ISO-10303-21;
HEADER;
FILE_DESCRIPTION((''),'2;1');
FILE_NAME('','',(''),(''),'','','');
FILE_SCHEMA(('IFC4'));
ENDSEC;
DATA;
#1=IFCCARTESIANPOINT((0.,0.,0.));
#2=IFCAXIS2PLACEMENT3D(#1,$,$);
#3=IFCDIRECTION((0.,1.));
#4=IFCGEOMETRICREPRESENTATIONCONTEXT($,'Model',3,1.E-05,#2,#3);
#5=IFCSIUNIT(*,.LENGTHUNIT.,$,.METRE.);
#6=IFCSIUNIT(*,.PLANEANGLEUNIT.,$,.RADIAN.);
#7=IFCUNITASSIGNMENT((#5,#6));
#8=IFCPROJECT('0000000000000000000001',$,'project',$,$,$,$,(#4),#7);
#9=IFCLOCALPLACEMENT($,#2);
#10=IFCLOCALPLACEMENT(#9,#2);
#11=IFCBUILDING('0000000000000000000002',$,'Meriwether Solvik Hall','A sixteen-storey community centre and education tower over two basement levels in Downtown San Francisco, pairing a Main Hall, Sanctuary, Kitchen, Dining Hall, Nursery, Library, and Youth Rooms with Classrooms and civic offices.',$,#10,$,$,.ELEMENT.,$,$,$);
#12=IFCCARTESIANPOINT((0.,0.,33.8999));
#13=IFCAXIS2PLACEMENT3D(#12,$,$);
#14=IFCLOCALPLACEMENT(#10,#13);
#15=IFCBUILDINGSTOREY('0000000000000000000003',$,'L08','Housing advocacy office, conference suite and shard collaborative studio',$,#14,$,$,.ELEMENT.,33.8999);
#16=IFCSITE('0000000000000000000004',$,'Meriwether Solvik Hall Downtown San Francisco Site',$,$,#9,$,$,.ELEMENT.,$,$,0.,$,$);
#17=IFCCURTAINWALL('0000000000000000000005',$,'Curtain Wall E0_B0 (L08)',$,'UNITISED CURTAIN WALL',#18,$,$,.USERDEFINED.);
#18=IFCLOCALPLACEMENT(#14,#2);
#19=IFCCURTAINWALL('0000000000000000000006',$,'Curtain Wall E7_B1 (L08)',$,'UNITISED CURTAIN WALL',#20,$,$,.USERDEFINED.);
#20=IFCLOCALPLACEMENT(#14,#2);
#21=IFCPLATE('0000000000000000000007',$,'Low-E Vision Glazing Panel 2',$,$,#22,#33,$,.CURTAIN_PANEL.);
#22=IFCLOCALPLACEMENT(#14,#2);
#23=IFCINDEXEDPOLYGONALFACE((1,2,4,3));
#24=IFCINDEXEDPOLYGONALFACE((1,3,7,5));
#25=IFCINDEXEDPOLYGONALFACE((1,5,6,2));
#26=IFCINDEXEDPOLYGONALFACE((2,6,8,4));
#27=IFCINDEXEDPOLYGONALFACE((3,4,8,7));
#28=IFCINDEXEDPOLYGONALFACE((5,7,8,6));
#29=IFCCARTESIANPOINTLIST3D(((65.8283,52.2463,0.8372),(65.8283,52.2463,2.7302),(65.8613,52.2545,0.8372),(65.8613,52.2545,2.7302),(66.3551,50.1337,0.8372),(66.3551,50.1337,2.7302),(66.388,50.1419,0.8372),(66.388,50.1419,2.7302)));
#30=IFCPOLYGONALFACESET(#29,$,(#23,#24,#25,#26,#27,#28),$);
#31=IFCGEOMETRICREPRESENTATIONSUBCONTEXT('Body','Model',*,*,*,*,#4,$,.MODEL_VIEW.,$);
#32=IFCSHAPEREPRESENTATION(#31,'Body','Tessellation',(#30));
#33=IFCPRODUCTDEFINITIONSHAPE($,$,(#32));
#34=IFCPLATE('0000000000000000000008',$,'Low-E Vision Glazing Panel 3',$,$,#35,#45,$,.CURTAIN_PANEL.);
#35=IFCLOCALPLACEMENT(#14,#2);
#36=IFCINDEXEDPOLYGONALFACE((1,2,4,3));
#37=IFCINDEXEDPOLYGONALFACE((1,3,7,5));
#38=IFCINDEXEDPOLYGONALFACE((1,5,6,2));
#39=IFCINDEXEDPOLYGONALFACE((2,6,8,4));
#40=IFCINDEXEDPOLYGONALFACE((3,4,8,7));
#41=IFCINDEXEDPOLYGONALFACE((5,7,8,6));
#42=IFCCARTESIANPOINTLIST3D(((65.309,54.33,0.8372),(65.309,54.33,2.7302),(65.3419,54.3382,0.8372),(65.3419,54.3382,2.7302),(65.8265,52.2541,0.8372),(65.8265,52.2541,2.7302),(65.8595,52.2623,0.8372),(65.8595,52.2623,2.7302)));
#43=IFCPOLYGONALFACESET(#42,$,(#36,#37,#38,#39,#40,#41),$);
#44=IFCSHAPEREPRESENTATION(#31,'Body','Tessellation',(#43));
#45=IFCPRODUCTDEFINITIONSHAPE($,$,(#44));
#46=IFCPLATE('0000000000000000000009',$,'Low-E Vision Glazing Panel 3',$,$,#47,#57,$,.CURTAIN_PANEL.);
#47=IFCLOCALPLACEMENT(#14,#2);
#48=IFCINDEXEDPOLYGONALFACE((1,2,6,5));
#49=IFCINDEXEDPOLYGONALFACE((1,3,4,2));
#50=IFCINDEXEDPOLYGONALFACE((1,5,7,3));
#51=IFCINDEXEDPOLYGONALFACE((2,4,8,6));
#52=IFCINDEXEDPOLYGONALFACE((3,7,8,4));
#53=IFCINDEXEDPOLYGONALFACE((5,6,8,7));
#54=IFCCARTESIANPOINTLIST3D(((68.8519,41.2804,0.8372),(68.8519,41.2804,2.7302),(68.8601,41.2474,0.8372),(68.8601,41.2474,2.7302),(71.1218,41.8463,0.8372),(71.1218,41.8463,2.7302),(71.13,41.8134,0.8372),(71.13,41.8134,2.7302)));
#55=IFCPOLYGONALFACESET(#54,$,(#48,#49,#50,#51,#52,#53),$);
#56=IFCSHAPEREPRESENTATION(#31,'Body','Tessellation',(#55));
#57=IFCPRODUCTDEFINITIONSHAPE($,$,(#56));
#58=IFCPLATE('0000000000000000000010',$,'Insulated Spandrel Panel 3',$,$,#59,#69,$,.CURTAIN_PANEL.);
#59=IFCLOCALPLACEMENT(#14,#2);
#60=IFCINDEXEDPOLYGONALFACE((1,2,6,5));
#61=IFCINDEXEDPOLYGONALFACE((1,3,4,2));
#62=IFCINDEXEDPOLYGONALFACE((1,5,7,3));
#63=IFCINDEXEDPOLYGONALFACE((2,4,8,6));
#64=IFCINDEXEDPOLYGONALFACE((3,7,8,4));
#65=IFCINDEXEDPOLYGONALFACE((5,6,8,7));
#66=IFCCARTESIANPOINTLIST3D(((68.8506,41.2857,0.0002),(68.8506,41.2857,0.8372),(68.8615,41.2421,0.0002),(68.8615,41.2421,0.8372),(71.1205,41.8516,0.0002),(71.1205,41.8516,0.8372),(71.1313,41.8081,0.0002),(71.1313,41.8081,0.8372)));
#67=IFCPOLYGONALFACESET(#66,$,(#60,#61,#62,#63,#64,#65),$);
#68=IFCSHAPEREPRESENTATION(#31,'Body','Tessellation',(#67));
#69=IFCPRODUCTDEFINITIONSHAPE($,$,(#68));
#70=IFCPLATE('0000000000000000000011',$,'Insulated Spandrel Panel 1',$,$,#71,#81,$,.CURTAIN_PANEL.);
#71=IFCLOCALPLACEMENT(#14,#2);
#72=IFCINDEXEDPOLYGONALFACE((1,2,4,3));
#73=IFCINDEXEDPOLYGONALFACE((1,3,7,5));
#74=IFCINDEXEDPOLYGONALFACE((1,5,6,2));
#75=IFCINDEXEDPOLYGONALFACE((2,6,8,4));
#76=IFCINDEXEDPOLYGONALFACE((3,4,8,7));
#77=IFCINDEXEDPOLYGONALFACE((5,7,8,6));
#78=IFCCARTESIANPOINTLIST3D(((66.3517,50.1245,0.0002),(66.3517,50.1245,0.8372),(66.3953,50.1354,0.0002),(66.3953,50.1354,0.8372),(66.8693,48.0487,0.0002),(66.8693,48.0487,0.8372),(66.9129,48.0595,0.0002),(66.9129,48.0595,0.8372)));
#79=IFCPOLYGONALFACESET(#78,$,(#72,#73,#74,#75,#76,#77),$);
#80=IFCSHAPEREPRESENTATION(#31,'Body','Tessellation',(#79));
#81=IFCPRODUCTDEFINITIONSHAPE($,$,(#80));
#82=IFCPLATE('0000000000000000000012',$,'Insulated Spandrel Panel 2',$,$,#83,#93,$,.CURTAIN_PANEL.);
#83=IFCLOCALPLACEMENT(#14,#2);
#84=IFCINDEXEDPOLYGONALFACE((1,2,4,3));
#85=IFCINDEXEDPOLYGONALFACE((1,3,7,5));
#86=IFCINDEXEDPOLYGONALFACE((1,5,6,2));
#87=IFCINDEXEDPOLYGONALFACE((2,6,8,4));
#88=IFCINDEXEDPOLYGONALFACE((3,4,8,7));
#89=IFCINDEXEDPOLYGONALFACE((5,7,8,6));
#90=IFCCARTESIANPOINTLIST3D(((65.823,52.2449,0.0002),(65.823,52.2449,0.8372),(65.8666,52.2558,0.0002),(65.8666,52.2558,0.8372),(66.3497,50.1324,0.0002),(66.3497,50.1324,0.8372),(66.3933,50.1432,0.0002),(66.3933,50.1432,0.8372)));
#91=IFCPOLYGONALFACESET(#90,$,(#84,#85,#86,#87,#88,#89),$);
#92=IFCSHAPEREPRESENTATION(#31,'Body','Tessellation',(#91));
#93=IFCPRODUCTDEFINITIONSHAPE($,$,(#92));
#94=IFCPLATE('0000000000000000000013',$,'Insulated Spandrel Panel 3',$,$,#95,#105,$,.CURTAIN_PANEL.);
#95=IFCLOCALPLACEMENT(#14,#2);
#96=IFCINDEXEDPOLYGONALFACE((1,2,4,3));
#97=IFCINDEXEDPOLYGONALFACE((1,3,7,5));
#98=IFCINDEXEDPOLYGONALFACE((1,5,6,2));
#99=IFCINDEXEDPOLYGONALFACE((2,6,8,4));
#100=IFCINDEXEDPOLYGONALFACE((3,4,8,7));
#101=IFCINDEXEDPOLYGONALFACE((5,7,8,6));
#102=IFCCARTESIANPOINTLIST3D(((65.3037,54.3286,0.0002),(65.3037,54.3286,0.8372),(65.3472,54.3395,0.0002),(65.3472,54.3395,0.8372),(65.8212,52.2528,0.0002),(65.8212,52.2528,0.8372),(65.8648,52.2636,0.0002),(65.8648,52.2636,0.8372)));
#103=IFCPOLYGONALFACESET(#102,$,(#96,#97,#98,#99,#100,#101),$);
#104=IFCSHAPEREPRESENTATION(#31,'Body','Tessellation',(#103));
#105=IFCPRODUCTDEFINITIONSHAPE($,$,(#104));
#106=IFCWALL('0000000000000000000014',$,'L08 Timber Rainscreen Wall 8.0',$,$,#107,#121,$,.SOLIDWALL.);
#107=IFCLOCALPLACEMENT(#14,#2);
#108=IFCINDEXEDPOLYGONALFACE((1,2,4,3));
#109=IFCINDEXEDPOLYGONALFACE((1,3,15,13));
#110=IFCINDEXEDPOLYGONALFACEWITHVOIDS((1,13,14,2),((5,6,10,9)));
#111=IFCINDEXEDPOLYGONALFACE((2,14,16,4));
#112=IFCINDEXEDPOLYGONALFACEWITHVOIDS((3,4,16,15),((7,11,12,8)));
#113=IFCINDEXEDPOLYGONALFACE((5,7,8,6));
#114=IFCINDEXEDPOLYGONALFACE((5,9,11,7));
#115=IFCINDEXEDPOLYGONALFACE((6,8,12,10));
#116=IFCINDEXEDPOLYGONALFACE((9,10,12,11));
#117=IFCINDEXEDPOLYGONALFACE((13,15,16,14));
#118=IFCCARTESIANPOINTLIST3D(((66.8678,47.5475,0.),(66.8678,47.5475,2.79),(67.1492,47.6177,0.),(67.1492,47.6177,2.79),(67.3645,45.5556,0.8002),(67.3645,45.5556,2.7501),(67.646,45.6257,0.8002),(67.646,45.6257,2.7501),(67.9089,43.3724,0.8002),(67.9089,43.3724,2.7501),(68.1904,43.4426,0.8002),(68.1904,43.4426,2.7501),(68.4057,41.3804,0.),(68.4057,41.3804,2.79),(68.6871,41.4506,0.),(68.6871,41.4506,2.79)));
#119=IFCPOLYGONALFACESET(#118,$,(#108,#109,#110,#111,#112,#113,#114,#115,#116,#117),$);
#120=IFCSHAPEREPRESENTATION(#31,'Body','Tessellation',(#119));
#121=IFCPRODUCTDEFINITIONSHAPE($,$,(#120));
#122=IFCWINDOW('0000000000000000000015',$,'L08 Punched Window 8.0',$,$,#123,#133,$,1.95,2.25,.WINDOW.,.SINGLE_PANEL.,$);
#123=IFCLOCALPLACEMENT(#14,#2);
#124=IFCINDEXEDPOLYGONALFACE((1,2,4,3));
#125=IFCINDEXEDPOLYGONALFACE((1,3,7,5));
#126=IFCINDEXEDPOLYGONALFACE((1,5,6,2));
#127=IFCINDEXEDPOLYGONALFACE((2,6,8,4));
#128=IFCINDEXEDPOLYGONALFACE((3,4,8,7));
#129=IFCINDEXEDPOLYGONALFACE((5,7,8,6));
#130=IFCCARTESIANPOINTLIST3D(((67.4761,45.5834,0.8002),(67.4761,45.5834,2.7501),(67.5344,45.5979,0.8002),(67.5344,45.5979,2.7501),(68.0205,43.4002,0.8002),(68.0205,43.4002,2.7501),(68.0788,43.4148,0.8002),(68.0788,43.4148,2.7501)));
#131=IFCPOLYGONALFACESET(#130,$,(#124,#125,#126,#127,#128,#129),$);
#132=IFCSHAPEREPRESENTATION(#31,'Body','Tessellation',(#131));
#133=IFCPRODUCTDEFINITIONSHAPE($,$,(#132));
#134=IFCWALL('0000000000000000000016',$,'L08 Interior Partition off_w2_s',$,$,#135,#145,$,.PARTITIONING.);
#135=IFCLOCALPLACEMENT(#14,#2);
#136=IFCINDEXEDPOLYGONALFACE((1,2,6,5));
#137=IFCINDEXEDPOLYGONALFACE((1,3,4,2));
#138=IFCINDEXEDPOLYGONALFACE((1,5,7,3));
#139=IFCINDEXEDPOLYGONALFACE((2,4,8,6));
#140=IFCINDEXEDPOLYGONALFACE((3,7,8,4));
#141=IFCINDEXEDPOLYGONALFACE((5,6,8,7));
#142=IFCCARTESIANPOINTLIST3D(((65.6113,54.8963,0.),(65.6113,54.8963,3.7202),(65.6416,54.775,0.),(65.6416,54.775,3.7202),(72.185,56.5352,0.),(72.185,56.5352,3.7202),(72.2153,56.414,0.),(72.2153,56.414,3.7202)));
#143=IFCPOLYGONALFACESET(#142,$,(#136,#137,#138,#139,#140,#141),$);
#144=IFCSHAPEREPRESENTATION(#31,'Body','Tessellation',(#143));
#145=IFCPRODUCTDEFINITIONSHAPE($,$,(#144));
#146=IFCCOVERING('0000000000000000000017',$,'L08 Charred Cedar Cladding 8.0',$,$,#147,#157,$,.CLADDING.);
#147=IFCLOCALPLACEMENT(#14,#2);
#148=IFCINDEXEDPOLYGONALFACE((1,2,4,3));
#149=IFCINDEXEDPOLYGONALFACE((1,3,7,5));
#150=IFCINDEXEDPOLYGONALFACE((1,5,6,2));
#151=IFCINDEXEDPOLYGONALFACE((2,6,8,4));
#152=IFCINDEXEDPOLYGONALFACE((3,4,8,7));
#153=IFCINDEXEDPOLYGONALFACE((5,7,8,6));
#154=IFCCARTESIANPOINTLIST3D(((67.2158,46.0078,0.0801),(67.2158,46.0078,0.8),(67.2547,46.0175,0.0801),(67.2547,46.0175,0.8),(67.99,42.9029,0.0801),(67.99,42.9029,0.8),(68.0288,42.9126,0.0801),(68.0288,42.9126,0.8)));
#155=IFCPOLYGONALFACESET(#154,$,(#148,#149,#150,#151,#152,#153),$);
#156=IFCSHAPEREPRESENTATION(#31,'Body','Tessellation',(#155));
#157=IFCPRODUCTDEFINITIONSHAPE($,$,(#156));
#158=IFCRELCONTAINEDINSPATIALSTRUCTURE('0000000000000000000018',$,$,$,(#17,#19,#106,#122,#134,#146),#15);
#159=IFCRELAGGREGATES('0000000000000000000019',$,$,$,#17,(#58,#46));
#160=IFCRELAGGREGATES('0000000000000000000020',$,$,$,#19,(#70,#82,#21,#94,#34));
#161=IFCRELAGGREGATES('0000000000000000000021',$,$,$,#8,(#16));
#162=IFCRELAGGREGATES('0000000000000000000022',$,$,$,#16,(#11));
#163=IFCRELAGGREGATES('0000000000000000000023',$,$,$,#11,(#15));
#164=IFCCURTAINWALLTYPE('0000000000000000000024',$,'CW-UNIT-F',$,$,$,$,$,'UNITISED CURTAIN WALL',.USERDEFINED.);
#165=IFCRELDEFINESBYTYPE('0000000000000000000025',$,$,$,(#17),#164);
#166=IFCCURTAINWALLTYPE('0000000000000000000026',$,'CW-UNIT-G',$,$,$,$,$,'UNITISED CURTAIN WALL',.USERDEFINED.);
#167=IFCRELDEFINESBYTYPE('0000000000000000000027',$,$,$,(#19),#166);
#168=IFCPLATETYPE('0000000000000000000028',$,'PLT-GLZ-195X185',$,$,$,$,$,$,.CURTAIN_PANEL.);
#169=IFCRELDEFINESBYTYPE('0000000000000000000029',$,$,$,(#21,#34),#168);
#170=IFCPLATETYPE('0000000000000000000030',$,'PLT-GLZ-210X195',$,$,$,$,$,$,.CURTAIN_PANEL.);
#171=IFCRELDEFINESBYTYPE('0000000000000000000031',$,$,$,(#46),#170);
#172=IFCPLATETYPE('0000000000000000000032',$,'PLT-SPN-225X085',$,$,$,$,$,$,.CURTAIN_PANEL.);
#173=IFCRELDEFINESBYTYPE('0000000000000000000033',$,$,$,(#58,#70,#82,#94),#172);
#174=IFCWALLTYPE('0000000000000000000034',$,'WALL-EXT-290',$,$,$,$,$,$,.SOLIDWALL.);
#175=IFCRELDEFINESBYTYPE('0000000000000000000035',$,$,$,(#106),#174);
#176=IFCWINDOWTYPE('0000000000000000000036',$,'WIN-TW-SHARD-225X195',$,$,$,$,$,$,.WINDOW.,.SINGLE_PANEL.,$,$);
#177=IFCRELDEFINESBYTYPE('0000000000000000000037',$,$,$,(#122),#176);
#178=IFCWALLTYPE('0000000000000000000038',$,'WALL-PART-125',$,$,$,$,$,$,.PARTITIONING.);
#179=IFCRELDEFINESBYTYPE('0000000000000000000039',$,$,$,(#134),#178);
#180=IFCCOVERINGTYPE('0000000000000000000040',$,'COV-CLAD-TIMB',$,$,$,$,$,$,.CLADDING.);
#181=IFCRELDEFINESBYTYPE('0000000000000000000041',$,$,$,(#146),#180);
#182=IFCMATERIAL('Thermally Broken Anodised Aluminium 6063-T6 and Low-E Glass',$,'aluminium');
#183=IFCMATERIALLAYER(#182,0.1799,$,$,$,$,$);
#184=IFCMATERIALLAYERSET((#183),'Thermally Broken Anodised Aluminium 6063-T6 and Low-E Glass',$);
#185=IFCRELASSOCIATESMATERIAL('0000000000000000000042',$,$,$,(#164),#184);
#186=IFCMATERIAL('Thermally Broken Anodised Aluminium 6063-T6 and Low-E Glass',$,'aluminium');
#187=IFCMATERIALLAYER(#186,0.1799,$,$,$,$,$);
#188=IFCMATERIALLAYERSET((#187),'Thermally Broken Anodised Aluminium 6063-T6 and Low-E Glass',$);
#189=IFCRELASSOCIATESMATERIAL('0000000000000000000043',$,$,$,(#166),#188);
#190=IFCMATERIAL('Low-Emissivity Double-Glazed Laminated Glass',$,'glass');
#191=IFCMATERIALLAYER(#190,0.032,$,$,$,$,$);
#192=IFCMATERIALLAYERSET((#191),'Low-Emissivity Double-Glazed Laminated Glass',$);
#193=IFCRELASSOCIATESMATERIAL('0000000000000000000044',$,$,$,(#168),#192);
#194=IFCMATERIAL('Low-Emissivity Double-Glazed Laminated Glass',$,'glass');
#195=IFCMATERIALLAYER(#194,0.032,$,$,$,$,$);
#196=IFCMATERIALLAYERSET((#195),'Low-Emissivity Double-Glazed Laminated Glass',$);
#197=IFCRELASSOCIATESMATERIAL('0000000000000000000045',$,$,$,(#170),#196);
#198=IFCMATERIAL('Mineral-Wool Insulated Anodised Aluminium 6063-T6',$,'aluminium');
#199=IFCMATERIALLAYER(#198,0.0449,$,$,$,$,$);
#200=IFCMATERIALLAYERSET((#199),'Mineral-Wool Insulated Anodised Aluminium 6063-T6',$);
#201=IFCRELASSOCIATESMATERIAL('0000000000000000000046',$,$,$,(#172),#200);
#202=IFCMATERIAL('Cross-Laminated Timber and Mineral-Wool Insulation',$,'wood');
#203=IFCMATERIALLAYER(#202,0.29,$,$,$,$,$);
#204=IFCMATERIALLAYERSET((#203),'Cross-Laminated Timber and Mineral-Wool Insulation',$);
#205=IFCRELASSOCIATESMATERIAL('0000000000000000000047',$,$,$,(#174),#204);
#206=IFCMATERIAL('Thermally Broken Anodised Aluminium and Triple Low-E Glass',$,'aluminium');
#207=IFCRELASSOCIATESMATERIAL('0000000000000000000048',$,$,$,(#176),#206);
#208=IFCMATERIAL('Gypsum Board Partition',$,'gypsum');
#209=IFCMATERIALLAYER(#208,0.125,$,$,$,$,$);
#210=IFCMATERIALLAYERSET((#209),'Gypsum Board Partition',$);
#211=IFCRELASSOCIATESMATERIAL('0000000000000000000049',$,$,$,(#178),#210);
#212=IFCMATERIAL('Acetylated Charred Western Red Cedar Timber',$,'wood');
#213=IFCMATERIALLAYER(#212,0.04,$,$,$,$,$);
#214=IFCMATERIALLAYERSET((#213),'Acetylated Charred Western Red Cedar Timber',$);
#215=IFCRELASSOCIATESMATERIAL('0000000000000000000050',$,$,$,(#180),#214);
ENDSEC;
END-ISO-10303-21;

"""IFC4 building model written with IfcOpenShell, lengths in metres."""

from ifc_helpers import new_model, si_unit, direction, frame, frame_2d, origin, origin_2d, place, context, subcontext, project, spatial, rectangle, extrude, material, layer, layer_set, type_object, element, fill, aggregate, save


model = new_model("IFC4")

# Units and contexts
model_context = context("Model", 3, precision=1e-05, world=origin(), true_north=direction((0.0, 1.0)))
body_context = subcontext(model_context, "Body", "Model", "MODEL_VIEW")
ifc_project = project(units=[si_unit("LENGTHUNIT", "METRE"), si_unit("PLANEANGLEUNIT", "RADIAN")], contexts=[model_context])

# Site, building, storey
site_placement = place(None, origin())
site = spatial("IfcSite", under=ifc_project, at=site_placement, Name="Meriwether Solvik Hall Downtown San Francisco Site", CompositionType="ELEMENT", RefElevation=0.0)
building_placement = place(site_placement, origin())
building = spatial("IfcBuilding", under=site, at=building_placement, Name="Meriwether Solvik Hall", Description="A sixteen-storey community centre and education tower over two basement levels in Downtown San Francisco, pairing a Main Hall, Sanctuary, Kitchen, Dining Hall, Nursery, Library, and Youth Rooms with Classrooms and civic offices.", CompositionType="ELEMENT")
storey_placement = place(building_placement, frame((0.0, 0.0, 33.8999)))
storey = spatial("IfcBuildingStorey", under=building, at=storey_placement, Name="L08", Description="Housing advocacy office, conference suite and shard collaborative studio", CompositionType="ELEMENT", Elevation=33.8999)

# Curtain wall
ifc_material_1 = material(Name="Thermally Broken Anodised Aluminium 6063-T6 and Low-E Glass", Category="aluminium")
ifc_layer_1 = layer(ifc_material_1, 0.1799)
ifc_layer_set_1 = layer_set([ifc_layer_1], Name="Thermally Broken Anodised Aluminium 6063-T6 and Low-E Glass")
curtain_wall_type_1 = type_object("IfcCurtainWallType", Name="CW-UNIT-F", ElementType="UNITISED CURTAIN WALL", PredefinedType="USERDEFINED", material=ifc_layer_set_1)
curtain_wall_1_placement = place(storey_placement, origin())
curtain_wall_1 = element("IfcCurtainWall", 1, at=curtain_wall_1_placement, inside=storey, type_object=curtain_wall_type_1, Name="Curtain Wall E0_B0 (L08)", ObjectType="UNITISED CURTAIN WALL", PredefinedType="USERDEFINED")

# Curtain wall
ifc_material_2 = material(Name="Thermally Broken Anodised Aluminium 6063-T6 and Low-E Glass", Category="aluminium")
ifc_layer_2 = layer(ifc_material_2, 0.1799)
ifc_layer_set_2 = layer_set([ifc_layer_2], Name="Thermally Broken Anodised Aluminium 6063-T6 and Low-E Glass")
curtain_wall_type_2 = type_object("IfcCurtainWallType", Name="CW-UNIT-G", ElementType="UNITISED CURTAIN WALL", PredefinedType="USERDEFINED", material=ifc_layer_set_2)
curtain_wall_2_placement = place(storey_placement, origin())
curtain_wall_2 = element("IfcCurtainWall", 2, at=curtain_wall_2_placement, inside=storey, type_object=curtain_wall_type_2, Name="Curtain Wall E7_B1 (L08)", ObjectType="UNITISED CURTAIN WALL", PredefinedType="USERDEFINED")

# Plates
ifc_material_3 = material(Name="Low-Emissivity Double-Glazed Laminated Glass", Category="glass")
ifc_layer_3 = layer(ifc_material_3, 0.032)
ifc_layer_set_3 = layer_set([ifc_layer_3], Name="Low-Emissivity Double-Glazed Laminated Glass")
plate_type_1 = type_object("IfcPlateType", Name="PLT-GLZ-195X185", PredefinedType="CURTAIN_PANEL", material=ifc_layer_set_3)
plate_1_placement = place(storey_placement, frame((66.1082, 51.1941, 0.8372), z_axis=(0.0, 0.0, 1.0), x_axis=(-0.241922, 0.970296, 0.0)))
plate_1 = element("IfcPlate", 3, at=plate_1_placement, type_object=plate_type_1, Name="Low-E Vision Glazing Panel 2", PredefinedType="CURTAIN_PANEL", context=body_context, shape_type="SweptSolid", body=[
    extrude(rectangle(XDim=2.1772, YDim=0.0339, at=origin_2d()), origin(), (0.0, 0.0, 1.0), 1.8931),
])
plate_2_placement = place(storey_placement, frame((65.5842, 53.2961, 0.8372), z_axis=(0.0, 0.0, 1.0), x_axis=(-0.241922, 0.970296, 0.0)))
plate_2 = element("IfcPlate", 4, at=plate_2_placement, type_object=plate_type_1, Name="Low-E Vision Glazing Panel 3", PredefinedType="CURTAIN_PANEL", context=body_context, shape_type="SweptSolid", body=[
    extrude(rectangle(XDim=2.1394, YDim=0.0339, at=origin_2d()), origin(), (0.0, 0.0, 1.0), 1.8931),
])
ifc_material_4 = material(Name="Low-Emissivity Double-Glazed Laminated Glass", Category="glass")
ifc_layer_4 = layer(ifc_material_4, 0.032)
ifc_layer_set_4 = layer_set([ifc_layer_4], Name="Low-Emissivity Double-Glazed Laminated Glass")
plate_type_2 = type_object("IfcPlateType", Name="PLT-GLZ-210X195", PredefinedType="CURTAIN_PANEL", material=ifc_layer_set_4)
plate_3_placement = place(storey_placement, frame((69.991, 41.5469, 0.8372), z_axis=(0.0, 0.0, 1.0), x_axis=(-0.970296, -0.241922, 0.0)))
plate_3 = element("IfcPlate", 5, at=plate_3_placement, type_object=plate_type_2, Name="Low-E Vision Glazing Panel 3", PredefinedType="CURTAIN_PANEL", context=body_context, shape_type="SweptSolid", body=[
    extrude(rectangle(XDim=2.3394, YDim=0.0339, at=origin_2d()), origin(), (0.0, 0.0, 1.0), 1.8931),
])
ifc_material_5 = material(Name="Mineral-Wool Insulated Anodised Aluminium 6063-T6", Category="aluminium")
ifc_layer_5 = layer(ifc_material_5, 0.0449)
ifc_layer_set_5 = layer_set([ifc_layer_5], Name="Mineral-Wool Insulated Anodised Aluminium 6063-T6")
plate_type_3 = type_object("IfcPlateType", Name="PLT-SPN-225X085", PredefinedType="CURTAIN_PANEL", material=ifc_layer_set_5)
plate_4_placement = place(storey_placement, frame((69.991, 41.5469, 0.0002), z_axis=(0.0, 0.0, 1.0), x_axis=(-0.970296, -0.241922, 0.0)))
plate_4 = element("IfcPlate", 6, at=plate_4_placement, type_object=plate_type_3, Name="Insulated Spandrel Panel 3", PredefinedType="CURTAIN_PANEL", context=body_context, shape_type="SweptSolid", body=[
    extrude(rectangle(XDim=2.3394, YDim=0.0449, at=origin_2d()), origin(), (0.0, 0.0, 1.0), 0.8369),
])
aggregate(curtain_wall_1, [plate_4, plate_3])
plate_5_placement = place(storey_placement, frame((66.6323, 49.092, 0.0002), z_axis=(0.0, 0.0, 1.0), x_axis=(-0.241922, 0.970296, 0.0)))
plate_5 = element("IfcPlate", 7, at=plate_5_placement, type_object=plate_type_3, Name="Insulated Spandrel Panel 1", PredefinedType="CURTAIN_PANEL", context=body_context, shape_type="SweptSolid", body=[
    extrude(rectangle(XDim=2.1394, YDim=0.0449, at=origin_2d()), origin(), (0.0, 0.0, 1.0), 0.8369),
])
plate_6_placement = place(storey_placement, frame((66.1082, 51.1941, 0.0002), z_axis=(0.0, 0.0, 1.0), x_axis=(-0.241922, 0.970296, 0.0)))
plate_6 = element("IfcPlate", 8, at=plate_6_placement, type_object=plate_type_3, Name="Insulated Spandrel Panel 2", PredefinedType="CURTAIN_PANEL", context=body_context, shape_type="SweptSolid", body=[
    extrude(rectangle(XDim=2.1772, YDim=0.0449, at=origin_2d()), origin(), (0.0, 0.0, 1.0), 0.8369),
])
plate_7_placement = place(storey_placement, frame((65.5842, 53.2961, 0.0002), z_axis=(0.0, 0.0, 1.0), x_axis=(-0.241922, 0.970296, 0.0)))
plate_7 = element("IfcPlate", 9, at=plate_7_placement, type_object=plate_type_3, Name="Insulated Spandrel Panel 3", PredefinedType="CURTAIN_PANEL", context=body_context, shape_type="SweptSolid", body=[
    extrude(rectangle(XDim=2.1394, YDim=0.0449, at=origin_2d()), origin(), (0.0, 0.0, 1.0), 0.8369),
])
aggregate(curtain_wall_2, [plate_5, plate_6, plate_1, plate_7, plate_2])

# Wall, opening, window
ifc_material_6 = material(Name="Cross-Laminated Timber and Mineral-Wool Insulation", Category="wood")
ifc_layer_6 = layer(ifc_material_6, 0.29)
ifc_layer_set_6 = layer_set([ifc_layer_6], Name="Cross-Laminated Timber and Mineral-Wool Insulation")
wall_type_1 = type_object("IfcWallType", Name="WALL-EXT-290", PredefinedType="SOLIDWALL", material=ifc_layer_set_6)
wall_1_placement = place(storey_placement, frame((68.5464, 41.4155, 0.0), z_axis=(0.0, 0.0, 1.0), x_axis=(-0.241957, 0.970287, 0.0)))
wall_1 = element("IfcWall", 10, at=wall_1_placement, inside=storey, type_object=wall_type_1, Name="L08 Timber Rainscreen Wall 8.0", PredefinedType="SOLIDWALL", context=body_context, shape_type="SweptSolid", body=[
    extrude(rectangle(XDim=6.356, YDim=0.29, at=frame_2d((3.178, 0.0))), origin(), (0.0, 0.0, 1.0), 2.79),
])
opening_placement = place(wall_1_placement, frame((2.053, 0.0, 0.8)))
opening = element("IfcOpeningElement", 11, at=opening_placement, cuts=wall_1, PredefinedType="OPENING", context=body_context, shape_type="SweptSolid", body=[
    extrude(rectangle(XDim=2.25, YDim=1.95, at=frame_2d((1.125, 0.9751))), frame((0.0, 0.157, 0.0), z_axis=(0.0, -1.0, 0.0), x_axis=(1.0, 0.0, 0.0)), (0.0, 0.0, 1.0), 0.314),
])
ifc_material_7 = material(Name="Thermally Broken Anodised Aluminium and Triple Low-E Glass", Category="aluminium")
window_type = type_object("IfcWindowType", Name="WIN-TW-SHARD-225X195", PartitioningType="SINGLE_PANEL", PredefinedType="WINDOW", material=ifc_material_7)
window_placement = place(opening_placement, origin())
window = element("IfcWindow", 12, at=window_placement, inside=storey, type_object=window_type, Name="L08 Punched Window 8.0", OverallHeight=1.95, OverallWidth=2.25, PartitioningType="SINGLE_PANEL", PredefinedType="WINDOW", context=body_context, shape_type="SweptSolid", body=[
    extrude(rectangle(XDim=2.25, YDim=1.95, at=frame_2d((1.125, 0.9751))), frame((0.0, 0.03, 0.0), z_axis=(0.0, -1.0, 0.0), x_axis=(1.0, 0.0, 0.0)), (0.0, 0.0, 1.0), 0.0601),
])
fill(opening, window)

# Wall
ifc_material_8 = material(Name="Gypsum Board Partition", Category="gypsum")
ifc_layer_7 = layer(ifc_material_8, 0.125)
ifc_layer_set_7 = layer_set([ifc_layer_7], Name="Gypsum Board Partition")
wall_type_2 = type_object("IfcWallType", Name="WALL-PART-125", PredefinedType="PARTITIONING", material=ifc_layer_set_7)
wall_2_placement = place(storey_placement, frame((65.6265, 54.8357, 0.0), z_axis=(0.0, 0.0, 1.0), x_axis=(0.970299, 0.241908, 0.0)))
element("IfcWall", 13, at=wall_2_placement, inside=storey, type_object=wall_type_2, Name="L08 Interior Partition off_w2_s", PredefinedType="PARTITIONING", context=body_context, shape_type="SweptSolid", body=[
    extrude(rectangle(XDim=6.7749, YDim=0.125, at=frame_2d((3.3875, 0.0))), origin(), (0.0, 0.0, 1.0), 3.7202),
])

# Covering
ifc_material_9 = material(Name="Acetylated Charred Western Red Cedar Timber", Category="wood")
ifc_layer_8 = layer(ifc_material_9, 0.04)
ifc_layer_set_8 = layer_set([ifc_layer_8], Name="Acetylated Charred Western Red Cedar Timber")
covering_type = type_object("IfcCoveringType", Name="COV-CLAD-TIMB", PredefinedType="CLADDING", material=ifc_layer_set_8)
covering_placement = place(storey_placement, frame((67.6223, 44.4602, 0.0801), z_axis=(0.0, 0.0, 1.0), x_axis=(-0.241922, 0.970296, 0.0)))
element("IfcCovering", 14, at=covering_placement, inside=storey, type_object=covering_type, Name="L08 Charred Cedar Cladding 8.0", PredefinedType="CLADDING", context=body_context, shape_type="SweptSolid", body=[
    extrude(rectangle(XDim=3.2, YDim=0.04, at=origin_2d()), origin(), (0.0, 0.0, 1.0), 0.72),
])

save(model, "model.ifc")
